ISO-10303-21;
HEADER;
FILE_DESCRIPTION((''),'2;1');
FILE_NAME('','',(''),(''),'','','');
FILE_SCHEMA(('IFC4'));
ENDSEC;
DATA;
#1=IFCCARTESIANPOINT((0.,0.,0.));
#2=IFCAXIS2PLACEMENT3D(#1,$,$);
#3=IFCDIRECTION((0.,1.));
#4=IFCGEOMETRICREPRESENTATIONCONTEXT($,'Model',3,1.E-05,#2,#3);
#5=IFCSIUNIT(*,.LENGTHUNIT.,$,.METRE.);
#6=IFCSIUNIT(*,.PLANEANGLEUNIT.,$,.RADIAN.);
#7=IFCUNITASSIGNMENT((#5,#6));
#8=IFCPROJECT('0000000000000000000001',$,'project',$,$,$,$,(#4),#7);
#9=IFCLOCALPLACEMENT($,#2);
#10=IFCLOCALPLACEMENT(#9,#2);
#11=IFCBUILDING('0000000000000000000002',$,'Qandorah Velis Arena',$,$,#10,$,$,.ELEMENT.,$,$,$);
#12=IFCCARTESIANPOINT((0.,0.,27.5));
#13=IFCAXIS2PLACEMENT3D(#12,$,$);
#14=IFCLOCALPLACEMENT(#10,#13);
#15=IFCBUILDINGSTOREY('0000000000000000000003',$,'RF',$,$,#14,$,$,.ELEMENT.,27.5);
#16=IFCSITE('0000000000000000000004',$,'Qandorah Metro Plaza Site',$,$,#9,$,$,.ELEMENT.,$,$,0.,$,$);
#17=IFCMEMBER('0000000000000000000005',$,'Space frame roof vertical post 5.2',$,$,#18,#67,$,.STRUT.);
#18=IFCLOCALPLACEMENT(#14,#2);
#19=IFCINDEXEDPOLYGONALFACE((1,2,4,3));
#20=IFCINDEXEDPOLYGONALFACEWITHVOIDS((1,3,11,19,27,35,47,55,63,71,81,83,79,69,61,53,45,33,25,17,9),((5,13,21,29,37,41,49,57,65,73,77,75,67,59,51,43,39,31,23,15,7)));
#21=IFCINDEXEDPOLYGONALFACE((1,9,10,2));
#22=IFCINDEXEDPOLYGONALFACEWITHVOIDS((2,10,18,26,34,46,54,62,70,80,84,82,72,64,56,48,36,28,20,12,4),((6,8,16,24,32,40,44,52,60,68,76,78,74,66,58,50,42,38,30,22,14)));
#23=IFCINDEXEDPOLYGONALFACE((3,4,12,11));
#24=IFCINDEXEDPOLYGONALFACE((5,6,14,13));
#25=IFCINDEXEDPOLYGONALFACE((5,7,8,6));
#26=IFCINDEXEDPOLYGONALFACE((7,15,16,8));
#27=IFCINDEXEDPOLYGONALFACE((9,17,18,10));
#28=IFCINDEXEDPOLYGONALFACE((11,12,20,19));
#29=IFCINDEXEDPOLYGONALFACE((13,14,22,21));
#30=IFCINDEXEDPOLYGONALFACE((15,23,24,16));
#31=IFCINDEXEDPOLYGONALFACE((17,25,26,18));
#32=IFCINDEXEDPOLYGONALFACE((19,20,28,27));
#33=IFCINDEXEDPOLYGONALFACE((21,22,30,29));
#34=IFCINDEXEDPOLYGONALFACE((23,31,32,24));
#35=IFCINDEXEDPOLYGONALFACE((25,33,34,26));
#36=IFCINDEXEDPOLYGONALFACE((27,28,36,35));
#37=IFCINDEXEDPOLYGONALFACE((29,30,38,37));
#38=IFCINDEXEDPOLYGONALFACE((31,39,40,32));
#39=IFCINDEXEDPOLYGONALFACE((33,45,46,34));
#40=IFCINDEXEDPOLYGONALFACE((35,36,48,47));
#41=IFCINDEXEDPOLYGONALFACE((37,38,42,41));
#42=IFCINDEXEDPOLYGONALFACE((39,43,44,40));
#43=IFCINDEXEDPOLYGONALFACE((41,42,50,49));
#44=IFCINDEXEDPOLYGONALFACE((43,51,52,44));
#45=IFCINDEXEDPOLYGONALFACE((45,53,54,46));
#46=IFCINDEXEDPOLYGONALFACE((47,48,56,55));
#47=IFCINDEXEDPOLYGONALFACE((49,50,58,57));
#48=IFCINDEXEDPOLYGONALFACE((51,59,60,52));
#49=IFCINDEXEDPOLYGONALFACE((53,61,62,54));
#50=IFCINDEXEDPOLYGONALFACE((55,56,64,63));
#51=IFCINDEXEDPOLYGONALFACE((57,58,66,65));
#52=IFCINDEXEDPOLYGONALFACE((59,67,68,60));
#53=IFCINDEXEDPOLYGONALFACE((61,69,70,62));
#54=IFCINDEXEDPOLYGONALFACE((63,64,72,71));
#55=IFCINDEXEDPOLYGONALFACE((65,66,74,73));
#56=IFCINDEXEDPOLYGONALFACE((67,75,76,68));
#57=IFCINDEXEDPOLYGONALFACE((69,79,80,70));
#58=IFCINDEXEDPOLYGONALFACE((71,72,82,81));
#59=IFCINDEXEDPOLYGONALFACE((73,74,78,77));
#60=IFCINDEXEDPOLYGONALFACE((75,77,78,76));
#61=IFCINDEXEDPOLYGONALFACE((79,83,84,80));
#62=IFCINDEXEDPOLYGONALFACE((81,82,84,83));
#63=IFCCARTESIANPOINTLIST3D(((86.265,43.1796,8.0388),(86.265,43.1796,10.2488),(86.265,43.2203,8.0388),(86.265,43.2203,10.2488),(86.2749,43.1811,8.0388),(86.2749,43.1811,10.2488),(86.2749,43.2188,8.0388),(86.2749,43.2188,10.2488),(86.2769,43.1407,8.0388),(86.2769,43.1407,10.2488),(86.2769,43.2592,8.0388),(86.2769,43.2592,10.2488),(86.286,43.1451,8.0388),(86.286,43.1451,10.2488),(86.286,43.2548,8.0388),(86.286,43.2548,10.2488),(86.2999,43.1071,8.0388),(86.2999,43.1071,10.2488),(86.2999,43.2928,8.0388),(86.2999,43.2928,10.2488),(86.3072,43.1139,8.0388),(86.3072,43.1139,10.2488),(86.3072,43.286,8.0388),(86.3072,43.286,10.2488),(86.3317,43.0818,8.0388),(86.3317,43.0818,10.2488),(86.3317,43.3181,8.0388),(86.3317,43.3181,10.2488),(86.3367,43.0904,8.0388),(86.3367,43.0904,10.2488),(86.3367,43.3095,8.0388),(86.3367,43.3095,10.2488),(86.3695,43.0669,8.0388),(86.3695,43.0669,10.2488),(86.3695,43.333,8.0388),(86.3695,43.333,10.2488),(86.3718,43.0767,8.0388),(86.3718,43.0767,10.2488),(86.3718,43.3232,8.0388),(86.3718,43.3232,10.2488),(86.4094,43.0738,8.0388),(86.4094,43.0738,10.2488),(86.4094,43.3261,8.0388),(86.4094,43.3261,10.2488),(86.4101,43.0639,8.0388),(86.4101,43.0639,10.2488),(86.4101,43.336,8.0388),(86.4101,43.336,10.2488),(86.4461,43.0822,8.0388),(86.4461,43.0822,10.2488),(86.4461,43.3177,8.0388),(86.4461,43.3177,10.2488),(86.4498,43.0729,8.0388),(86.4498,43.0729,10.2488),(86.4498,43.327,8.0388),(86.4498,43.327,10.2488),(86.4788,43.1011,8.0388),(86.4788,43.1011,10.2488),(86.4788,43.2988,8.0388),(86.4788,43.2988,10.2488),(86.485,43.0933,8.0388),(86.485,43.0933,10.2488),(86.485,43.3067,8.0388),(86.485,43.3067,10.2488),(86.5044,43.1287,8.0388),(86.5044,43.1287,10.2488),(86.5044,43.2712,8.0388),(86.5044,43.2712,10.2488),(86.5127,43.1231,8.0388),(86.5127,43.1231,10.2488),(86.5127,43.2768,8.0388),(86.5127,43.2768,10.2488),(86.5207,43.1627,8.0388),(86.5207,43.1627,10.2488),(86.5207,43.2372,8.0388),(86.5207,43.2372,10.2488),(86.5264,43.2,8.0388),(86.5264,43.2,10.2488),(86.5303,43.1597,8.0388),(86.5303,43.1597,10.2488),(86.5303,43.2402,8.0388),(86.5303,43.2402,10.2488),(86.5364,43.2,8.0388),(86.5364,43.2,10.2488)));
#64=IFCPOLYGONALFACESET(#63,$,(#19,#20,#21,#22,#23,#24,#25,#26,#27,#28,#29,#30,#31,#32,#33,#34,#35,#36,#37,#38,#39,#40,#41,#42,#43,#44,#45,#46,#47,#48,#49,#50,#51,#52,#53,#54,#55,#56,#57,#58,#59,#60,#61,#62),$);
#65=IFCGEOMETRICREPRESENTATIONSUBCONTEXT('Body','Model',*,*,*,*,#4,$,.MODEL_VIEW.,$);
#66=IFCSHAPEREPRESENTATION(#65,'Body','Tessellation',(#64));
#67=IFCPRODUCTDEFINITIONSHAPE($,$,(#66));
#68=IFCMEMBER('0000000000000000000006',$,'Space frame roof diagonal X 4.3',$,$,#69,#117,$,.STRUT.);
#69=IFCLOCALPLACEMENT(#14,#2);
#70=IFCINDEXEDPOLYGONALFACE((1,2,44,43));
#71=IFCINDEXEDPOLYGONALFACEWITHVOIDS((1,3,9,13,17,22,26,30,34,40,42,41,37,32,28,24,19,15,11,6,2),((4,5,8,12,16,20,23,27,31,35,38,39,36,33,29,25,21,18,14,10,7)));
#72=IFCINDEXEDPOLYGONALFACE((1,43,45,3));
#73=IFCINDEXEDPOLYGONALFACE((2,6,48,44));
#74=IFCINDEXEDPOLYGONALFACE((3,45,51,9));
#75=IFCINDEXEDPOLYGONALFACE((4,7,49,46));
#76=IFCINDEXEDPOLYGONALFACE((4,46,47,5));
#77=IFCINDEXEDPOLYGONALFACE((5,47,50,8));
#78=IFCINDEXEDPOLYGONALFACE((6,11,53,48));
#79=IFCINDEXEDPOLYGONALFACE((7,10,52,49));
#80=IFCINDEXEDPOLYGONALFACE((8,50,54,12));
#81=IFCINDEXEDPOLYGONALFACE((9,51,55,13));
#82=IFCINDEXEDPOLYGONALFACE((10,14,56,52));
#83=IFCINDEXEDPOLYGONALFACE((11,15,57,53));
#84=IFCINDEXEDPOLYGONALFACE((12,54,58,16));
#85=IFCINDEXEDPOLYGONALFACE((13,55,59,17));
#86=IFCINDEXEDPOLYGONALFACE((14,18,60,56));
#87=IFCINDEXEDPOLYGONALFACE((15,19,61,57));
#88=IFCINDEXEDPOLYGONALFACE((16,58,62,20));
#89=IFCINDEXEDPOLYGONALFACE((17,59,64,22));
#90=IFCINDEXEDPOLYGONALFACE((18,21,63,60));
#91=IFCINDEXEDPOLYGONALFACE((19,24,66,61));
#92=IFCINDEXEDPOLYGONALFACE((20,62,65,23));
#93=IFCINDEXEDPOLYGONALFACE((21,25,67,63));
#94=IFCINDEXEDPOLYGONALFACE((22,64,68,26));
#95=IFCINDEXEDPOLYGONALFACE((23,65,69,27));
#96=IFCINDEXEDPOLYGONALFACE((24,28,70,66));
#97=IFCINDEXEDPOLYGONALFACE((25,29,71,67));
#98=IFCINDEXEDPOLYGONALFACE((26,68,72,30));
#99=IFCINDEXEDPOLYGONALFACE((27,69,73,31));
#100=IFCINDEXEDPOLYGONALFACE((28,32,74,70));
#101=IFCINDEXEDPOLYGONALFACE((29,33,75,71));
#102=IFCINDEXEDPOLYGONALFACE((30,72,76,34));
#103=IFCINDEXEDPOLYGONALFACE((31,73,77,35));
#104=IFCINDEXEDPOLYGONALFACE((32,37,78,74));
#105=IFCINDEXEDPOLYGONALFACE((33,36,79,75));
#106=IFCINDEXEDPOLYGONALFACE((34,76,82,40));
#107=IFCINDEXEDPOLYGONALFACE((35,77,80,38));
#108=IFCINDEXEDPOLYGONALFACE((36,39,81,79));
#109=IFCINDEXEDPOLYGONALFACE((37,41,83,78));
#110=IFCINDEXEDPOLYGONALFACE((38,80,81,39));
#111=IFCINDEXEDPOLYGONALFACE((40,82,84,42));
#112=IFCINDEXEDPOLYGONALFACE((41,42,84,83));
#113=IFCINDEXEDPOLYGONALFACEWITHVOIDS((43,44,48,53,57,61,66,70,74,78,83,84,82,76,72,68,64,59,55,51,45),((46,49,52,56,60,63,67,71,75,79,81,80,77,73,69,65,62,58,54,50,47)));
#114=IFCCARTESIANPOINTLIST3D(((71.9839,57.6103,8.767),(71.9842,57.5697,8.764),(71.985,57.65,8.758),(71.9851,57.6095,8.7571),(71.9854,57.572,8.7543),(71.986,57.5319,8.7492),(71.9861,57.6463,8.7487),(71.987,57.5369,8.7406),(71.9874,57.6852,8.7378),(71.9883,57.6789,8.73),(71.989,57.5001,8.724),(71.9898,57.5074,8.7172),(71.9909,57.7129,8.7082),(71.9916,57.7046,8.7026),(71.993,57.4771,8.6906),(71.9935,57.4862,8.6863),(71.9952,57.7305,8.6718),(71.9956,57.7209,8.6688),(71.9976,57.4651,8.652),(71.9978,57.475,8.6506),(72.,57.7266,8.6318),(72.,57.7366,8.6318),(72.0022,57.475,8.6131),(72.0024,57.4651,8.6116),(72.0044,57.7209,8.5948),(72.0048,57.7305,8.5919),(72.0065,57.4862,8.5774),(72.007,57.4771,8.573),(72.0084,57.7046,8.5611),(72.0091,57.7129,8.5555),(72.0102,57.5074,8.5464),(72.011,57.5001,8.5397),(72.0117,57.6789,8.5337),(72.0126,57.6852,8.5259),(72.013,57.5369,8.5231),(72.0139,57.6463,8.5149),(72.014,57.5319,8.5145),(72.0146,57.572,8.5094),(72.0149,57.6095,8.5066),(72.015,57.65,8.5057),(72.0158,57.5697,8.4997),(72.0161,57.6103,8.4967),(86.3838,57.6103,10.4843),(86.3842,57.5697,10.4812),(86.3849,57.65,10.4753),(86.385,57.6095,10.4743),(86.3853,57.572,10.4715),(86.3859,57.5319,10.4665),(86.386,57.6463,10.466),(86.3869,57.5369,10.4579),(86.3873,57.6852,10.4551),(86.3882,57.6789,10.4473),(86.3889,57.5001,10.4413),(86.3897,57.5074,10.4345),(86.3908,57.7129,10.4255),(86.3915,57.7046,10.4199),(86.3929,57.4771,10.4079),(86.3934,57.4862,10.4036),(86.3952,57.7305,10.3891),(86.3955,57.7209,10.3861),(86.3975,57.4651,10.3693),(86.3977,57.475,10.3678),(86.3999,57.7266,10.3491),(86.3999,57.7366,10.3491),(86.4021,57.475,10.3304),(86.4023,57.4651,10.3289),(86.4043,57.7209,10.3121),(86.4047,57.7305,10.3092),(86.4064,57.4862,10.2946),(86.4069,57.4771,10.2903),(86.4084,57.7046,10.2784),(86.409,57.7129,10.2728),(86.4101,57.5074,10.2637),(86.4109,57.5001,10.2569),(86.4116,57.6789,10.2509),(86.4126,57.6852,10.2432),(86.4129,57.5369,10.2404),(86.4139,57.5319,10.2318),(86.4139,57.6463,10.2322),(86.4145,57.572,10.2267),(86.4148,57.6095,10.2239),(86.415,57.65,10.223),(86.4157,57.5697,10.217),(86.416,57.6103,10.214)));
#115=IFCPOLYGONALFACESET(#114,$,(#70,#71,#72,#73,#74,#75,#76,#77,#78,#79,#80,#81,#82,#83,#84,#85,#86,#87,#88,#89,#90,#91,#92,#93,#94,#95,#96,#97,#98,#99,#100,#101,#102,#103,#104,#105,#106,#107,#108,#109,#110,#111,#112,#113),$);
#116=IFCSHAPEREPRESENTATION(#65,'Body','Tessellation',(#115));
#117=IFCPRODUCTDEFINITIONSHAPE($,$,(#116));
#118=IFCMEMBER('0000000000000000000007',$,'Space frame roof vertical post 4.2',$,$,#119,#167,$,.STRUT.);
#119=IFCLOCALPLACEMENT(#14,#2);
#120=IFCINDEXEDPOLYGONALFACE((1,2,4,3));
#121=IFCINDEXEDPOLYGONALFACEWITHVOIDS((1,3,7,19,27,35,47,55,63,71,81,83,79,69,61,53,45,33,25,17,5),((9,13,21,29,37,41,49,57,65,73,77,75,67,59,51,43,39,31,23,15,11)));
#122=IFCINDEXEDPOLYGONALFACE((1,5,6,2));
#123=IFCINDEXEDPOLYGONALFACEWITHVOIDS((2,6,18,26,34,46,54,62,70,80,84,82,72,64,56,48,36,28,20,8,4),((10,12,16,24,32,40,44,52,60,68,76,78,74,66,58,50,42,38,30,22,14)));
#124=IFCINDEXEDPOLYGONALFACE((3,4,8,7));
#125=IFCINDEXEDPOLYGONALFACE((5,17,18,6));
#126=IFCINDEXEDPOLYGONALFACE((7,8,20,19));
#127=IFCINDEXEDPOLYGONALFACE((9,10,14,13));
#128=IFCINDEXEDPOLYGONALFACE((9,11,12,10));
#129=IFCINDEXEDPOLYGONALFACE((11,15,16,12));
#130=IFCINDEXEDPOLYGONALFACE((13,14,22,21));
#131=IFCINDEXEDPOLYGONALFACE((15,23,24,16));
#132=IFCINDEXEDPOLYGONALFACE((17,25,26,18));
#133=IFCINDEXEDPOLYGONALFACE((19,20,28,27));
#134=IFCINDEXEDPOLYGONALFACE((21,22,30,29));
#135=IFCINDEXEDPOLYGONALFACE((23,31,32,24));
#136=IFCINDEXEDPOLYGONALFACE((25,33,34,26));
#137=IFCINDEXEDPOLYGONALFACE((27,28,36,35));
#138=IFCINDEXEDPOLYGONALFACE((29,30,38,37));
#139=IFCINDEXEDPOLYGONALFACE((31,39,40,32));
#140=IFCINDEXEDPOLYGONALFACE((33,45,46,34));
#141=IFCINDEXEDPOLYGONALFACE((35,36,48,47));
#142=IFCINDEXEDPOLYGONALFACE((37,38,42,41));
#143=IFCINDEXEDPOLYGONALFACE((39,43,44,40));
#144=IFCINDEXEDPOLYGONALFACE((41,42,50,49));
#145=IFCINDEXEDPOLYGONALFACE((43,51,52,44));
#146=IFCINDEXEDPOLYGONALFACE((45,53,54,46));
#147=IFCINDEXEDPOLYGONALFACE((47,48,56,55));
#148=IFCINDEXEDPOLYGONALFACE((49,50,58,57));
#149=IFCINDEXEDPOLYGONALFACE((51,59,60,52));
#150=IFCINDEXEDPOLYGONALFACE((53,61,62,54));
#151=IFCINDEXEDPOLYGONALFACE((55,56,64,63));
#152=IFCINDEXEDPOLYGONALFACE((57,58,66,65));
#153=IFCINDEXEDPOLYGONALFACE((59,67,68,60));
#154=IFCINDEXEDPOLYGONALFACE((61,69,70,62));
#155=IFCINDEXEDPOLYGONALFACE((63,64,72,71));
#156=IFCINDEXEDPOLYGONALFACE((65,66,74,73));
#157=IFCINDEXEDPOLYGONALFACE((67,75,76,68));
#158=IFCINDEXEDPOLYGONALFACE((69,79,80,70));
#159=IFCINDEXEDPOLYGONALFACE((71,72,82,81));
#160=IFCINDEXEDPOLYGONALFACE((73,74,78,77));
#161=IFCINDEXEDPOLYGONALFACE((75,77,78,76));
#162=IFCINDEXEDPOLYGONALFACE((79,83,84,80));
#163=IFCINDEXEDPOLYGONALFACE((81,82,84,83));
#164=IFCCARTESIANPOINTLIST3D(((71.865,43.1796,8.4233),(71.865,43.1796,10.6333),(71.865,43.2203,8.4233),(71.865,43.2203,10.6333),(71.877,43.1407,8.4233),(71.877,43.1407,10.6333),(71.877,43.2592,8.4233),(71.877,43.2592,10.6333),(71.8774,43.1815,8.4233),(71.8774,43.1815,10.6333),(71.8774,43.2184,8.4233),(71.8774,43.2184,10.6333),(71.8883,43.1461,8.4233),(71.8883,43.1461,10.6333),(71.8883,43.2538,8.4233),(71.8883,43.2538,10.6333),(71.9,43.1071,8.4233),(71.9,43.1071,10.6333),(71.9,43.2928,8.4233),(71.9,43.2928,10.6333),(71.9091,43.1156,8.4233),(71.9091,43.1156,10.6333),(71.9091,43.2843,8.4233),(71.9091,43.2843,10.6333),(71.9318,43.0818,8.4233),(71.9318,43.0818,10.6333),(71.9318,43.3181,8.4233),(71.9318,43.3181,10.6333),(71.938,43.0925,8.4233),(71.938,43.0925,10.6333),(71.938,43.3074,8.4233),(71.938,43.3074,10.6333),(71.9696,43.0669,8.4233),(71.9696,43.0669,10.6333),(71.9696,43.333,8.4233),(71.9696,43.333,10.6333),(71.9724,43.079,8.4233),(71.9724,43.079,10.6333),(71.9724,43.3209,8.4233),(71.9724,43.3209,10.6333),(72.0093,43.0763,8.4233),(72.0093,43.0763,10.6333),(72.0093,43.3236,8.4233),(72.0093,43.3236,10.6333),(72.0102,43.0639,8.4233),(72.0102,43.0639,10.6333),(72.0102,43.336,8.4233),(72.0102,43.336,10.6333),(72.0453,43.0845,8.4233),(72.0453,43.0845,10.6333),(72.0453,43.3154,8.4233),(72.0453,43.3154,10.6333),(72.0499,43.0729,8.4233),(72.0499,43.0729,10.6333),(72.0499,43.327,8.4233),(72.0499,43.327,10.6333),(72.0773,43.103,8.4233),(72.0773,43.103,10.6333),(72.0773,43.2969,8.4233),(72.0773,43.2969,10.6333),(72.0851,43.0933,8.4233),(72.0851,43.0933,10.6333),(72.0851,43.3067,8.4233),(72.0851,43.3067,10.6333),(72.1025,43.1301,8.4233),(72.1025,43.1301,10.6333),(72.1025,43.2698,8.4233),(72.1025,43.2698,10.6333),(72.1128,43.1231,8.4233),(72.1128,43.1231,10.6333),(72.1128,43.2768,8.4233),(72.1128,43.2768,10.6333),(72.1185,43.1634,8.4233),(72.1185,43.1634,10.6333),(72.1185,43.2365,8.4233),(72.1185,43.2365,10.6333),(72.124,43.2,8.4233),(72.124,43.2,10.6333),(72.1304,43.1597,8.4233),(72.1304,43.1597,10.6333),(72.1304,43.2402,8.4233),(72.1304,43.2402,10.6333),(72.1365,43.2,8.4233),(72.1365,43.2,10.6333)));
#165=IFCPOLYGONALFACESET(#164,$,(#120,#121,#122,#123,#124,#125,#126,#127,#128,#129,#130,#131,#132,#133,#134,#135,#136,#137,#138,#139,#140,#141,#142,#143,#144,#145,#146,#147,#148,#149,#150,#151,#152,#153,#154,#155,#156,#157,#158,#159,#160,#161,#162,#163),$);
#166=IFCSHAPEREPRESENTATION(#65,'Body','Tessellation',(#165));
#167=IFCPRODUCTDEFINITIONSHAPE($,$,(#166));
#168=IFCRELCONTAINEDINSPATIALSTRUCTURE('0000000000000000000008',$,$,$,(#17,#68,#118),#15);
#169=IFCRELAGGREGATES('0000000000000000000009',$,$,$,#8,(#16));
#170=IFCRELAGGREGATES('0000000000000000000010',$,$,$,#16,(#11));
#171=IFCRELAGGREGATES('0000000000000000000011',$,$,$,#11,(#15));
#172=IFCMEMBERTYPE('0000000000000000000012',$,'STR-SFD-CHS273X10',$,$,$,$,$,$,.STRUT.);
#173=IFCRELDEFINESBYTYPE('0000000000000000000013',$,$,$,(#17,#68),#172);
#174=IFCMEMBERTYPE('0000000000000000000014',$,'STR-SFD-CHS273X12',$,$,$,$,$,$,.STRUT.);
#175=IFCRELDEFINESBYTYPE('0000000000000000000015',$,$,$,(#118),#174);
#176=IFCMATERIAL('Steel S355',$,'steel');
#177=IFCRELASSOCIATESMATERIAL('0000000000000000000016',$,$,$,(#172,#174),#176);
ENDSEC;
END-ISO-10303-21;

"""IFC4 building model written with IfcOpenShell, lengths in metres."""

from ifc_helpers import new_model, si_unit, direction, frame, origin, origin_2d, place, context, subcontext, project, spatial, hollow_circle, extrude, material, material_profile, profile_set, type_object, element, save


model = new_model("IFC4")

# Units and contexts
model_context = context("Model", 3, precision=1e-05, world=origin(), true_north=direction((0.0, 1.0)))
body_context = subcontext(model_context, "Body", "Model", "MODEL_VIEW")
ifc_project = project(units=[si_unit("LENGTHUNIT", "METRE"), si_unit("PLANEANGLEUNIT", "RADIAN")], contexts=[model_context])

# Site, building, storey
site_placement = place(None, origin())
site = spatial("IfcSite", under=ifc_project, at=site_placement, Name="Qandorah Metro Plaza Site", CompositionType="ELEMENT", RefElevation=0.0)
building_placement = place(site_placement, origin())
building = spatial("IfcBuilding", under=site, at=building_placement, Name="Qandorah Velis Arena", CompositionType="ELEMENT")
storey_placement = place(building_placement, frame((0.0, 0.0, 27.5)))
storey = spatial("IfcBuildingStorey", under=building, at=storey_placement, Name="RF", CompositionType="ELEMENT", Elevation=27.5)

# Shared definitions
ifc_material_1 = material(Name="Steel S355", Category="steel")

# Members
ifc_material_profile_1 = material_profile(ifc_material_1, hollow_circle(Radius=0.1365, WallThickness=0.01, at=origin_2d()), Name="CHS 273x10")
ifc_profile_set_1 = profile_set([ifc_material_profile_1], Name="Steel S355")
member_type_1 = type_object("IfcMemberType", Name="STR-SFD-CHS273X10", PredefinedType="STRUT", material=ifc_profile_set_1)
for number, where, z_axis, x_axis, name in (
    (1, (86.3999, 43.2, 8.0388), (0.0, 0.0, 1.0), (1.0, 0.0, 0.0), "Space frame roof vertical post 5.2"),
):
    element("IfcMember", number, at=place(storey_placement, frame(where, z_axis=z_axis, x_axis=x_axis)), inside=storey, type_object=member_type_1, Name=name, PredefinedType="STRUT", context=body_context, shape_type="SweptSolid", body=[
        extrude(hollow_circle(Radius=0.1365, WallThickness=0.01, at=origin_2d()), origin(), (0.0, 0.0, 1.0), 2.21),
    ])
member_1_placement = place(storey_placement, frame((72.0, 57.6001, 8.6318), z_axis=(0.992964, 0.0, 0.118418), x_axis=(0.0, 1.0, 0.0)))
element("IfcMember", 2, at=member_1_placement, inside=storey, type_object=member_type_1, Name="Space frame roof diagonal X 4.3", PredefinedType="STRUT", context=body_context, shape_type="SweptSolid", body=[
    extrude(hollow_circle(Radius=0.1365, WallThickness=0.01, at=origin_2d()), origin(), (0.0, 0.0, 1.0), 14.502),
])
ifc_material_profile_2 = material_profile(ifc_material_1, hollow_circle(Radius=0.1365, WallThickness=0.0125, at=origin_2d()), Name="CHS 273x12.5")
ifc_profile_set_2 = profile_set([ifc_material_profile_2], Name="Steel S355")
member_type_2 = type_object("IfcMemberType", Name="STR-SFD-CHS273X12", PredefinedType="STRUT", material=ifc_profile_set_2)
for number, where, z_axis, x_axis, name in (
    (3, (72.0, 43.2, 8.4233), (0.0, 0.0, 1.0), (1.0, 0.0, 0.0), "Space frame roof vertical post 4.2"),
):
    element("IfcMember", number, at=place(storey_placement, frame(where, z_axis=z_axis, x_axis=x_axis)), inside=storey, type_object=member_type_2, Name=name, PredefinedType="STRUT", context=body_context, shape_type="SweptSolid", body=[
        extrude(hollow_circle(Radius=0.1365, WallThickness=0.0125, at=origin_2d()), origin(), (0.0, 0.0, 1.0), 2.21),
    ])

save(model, "model.ifc")
